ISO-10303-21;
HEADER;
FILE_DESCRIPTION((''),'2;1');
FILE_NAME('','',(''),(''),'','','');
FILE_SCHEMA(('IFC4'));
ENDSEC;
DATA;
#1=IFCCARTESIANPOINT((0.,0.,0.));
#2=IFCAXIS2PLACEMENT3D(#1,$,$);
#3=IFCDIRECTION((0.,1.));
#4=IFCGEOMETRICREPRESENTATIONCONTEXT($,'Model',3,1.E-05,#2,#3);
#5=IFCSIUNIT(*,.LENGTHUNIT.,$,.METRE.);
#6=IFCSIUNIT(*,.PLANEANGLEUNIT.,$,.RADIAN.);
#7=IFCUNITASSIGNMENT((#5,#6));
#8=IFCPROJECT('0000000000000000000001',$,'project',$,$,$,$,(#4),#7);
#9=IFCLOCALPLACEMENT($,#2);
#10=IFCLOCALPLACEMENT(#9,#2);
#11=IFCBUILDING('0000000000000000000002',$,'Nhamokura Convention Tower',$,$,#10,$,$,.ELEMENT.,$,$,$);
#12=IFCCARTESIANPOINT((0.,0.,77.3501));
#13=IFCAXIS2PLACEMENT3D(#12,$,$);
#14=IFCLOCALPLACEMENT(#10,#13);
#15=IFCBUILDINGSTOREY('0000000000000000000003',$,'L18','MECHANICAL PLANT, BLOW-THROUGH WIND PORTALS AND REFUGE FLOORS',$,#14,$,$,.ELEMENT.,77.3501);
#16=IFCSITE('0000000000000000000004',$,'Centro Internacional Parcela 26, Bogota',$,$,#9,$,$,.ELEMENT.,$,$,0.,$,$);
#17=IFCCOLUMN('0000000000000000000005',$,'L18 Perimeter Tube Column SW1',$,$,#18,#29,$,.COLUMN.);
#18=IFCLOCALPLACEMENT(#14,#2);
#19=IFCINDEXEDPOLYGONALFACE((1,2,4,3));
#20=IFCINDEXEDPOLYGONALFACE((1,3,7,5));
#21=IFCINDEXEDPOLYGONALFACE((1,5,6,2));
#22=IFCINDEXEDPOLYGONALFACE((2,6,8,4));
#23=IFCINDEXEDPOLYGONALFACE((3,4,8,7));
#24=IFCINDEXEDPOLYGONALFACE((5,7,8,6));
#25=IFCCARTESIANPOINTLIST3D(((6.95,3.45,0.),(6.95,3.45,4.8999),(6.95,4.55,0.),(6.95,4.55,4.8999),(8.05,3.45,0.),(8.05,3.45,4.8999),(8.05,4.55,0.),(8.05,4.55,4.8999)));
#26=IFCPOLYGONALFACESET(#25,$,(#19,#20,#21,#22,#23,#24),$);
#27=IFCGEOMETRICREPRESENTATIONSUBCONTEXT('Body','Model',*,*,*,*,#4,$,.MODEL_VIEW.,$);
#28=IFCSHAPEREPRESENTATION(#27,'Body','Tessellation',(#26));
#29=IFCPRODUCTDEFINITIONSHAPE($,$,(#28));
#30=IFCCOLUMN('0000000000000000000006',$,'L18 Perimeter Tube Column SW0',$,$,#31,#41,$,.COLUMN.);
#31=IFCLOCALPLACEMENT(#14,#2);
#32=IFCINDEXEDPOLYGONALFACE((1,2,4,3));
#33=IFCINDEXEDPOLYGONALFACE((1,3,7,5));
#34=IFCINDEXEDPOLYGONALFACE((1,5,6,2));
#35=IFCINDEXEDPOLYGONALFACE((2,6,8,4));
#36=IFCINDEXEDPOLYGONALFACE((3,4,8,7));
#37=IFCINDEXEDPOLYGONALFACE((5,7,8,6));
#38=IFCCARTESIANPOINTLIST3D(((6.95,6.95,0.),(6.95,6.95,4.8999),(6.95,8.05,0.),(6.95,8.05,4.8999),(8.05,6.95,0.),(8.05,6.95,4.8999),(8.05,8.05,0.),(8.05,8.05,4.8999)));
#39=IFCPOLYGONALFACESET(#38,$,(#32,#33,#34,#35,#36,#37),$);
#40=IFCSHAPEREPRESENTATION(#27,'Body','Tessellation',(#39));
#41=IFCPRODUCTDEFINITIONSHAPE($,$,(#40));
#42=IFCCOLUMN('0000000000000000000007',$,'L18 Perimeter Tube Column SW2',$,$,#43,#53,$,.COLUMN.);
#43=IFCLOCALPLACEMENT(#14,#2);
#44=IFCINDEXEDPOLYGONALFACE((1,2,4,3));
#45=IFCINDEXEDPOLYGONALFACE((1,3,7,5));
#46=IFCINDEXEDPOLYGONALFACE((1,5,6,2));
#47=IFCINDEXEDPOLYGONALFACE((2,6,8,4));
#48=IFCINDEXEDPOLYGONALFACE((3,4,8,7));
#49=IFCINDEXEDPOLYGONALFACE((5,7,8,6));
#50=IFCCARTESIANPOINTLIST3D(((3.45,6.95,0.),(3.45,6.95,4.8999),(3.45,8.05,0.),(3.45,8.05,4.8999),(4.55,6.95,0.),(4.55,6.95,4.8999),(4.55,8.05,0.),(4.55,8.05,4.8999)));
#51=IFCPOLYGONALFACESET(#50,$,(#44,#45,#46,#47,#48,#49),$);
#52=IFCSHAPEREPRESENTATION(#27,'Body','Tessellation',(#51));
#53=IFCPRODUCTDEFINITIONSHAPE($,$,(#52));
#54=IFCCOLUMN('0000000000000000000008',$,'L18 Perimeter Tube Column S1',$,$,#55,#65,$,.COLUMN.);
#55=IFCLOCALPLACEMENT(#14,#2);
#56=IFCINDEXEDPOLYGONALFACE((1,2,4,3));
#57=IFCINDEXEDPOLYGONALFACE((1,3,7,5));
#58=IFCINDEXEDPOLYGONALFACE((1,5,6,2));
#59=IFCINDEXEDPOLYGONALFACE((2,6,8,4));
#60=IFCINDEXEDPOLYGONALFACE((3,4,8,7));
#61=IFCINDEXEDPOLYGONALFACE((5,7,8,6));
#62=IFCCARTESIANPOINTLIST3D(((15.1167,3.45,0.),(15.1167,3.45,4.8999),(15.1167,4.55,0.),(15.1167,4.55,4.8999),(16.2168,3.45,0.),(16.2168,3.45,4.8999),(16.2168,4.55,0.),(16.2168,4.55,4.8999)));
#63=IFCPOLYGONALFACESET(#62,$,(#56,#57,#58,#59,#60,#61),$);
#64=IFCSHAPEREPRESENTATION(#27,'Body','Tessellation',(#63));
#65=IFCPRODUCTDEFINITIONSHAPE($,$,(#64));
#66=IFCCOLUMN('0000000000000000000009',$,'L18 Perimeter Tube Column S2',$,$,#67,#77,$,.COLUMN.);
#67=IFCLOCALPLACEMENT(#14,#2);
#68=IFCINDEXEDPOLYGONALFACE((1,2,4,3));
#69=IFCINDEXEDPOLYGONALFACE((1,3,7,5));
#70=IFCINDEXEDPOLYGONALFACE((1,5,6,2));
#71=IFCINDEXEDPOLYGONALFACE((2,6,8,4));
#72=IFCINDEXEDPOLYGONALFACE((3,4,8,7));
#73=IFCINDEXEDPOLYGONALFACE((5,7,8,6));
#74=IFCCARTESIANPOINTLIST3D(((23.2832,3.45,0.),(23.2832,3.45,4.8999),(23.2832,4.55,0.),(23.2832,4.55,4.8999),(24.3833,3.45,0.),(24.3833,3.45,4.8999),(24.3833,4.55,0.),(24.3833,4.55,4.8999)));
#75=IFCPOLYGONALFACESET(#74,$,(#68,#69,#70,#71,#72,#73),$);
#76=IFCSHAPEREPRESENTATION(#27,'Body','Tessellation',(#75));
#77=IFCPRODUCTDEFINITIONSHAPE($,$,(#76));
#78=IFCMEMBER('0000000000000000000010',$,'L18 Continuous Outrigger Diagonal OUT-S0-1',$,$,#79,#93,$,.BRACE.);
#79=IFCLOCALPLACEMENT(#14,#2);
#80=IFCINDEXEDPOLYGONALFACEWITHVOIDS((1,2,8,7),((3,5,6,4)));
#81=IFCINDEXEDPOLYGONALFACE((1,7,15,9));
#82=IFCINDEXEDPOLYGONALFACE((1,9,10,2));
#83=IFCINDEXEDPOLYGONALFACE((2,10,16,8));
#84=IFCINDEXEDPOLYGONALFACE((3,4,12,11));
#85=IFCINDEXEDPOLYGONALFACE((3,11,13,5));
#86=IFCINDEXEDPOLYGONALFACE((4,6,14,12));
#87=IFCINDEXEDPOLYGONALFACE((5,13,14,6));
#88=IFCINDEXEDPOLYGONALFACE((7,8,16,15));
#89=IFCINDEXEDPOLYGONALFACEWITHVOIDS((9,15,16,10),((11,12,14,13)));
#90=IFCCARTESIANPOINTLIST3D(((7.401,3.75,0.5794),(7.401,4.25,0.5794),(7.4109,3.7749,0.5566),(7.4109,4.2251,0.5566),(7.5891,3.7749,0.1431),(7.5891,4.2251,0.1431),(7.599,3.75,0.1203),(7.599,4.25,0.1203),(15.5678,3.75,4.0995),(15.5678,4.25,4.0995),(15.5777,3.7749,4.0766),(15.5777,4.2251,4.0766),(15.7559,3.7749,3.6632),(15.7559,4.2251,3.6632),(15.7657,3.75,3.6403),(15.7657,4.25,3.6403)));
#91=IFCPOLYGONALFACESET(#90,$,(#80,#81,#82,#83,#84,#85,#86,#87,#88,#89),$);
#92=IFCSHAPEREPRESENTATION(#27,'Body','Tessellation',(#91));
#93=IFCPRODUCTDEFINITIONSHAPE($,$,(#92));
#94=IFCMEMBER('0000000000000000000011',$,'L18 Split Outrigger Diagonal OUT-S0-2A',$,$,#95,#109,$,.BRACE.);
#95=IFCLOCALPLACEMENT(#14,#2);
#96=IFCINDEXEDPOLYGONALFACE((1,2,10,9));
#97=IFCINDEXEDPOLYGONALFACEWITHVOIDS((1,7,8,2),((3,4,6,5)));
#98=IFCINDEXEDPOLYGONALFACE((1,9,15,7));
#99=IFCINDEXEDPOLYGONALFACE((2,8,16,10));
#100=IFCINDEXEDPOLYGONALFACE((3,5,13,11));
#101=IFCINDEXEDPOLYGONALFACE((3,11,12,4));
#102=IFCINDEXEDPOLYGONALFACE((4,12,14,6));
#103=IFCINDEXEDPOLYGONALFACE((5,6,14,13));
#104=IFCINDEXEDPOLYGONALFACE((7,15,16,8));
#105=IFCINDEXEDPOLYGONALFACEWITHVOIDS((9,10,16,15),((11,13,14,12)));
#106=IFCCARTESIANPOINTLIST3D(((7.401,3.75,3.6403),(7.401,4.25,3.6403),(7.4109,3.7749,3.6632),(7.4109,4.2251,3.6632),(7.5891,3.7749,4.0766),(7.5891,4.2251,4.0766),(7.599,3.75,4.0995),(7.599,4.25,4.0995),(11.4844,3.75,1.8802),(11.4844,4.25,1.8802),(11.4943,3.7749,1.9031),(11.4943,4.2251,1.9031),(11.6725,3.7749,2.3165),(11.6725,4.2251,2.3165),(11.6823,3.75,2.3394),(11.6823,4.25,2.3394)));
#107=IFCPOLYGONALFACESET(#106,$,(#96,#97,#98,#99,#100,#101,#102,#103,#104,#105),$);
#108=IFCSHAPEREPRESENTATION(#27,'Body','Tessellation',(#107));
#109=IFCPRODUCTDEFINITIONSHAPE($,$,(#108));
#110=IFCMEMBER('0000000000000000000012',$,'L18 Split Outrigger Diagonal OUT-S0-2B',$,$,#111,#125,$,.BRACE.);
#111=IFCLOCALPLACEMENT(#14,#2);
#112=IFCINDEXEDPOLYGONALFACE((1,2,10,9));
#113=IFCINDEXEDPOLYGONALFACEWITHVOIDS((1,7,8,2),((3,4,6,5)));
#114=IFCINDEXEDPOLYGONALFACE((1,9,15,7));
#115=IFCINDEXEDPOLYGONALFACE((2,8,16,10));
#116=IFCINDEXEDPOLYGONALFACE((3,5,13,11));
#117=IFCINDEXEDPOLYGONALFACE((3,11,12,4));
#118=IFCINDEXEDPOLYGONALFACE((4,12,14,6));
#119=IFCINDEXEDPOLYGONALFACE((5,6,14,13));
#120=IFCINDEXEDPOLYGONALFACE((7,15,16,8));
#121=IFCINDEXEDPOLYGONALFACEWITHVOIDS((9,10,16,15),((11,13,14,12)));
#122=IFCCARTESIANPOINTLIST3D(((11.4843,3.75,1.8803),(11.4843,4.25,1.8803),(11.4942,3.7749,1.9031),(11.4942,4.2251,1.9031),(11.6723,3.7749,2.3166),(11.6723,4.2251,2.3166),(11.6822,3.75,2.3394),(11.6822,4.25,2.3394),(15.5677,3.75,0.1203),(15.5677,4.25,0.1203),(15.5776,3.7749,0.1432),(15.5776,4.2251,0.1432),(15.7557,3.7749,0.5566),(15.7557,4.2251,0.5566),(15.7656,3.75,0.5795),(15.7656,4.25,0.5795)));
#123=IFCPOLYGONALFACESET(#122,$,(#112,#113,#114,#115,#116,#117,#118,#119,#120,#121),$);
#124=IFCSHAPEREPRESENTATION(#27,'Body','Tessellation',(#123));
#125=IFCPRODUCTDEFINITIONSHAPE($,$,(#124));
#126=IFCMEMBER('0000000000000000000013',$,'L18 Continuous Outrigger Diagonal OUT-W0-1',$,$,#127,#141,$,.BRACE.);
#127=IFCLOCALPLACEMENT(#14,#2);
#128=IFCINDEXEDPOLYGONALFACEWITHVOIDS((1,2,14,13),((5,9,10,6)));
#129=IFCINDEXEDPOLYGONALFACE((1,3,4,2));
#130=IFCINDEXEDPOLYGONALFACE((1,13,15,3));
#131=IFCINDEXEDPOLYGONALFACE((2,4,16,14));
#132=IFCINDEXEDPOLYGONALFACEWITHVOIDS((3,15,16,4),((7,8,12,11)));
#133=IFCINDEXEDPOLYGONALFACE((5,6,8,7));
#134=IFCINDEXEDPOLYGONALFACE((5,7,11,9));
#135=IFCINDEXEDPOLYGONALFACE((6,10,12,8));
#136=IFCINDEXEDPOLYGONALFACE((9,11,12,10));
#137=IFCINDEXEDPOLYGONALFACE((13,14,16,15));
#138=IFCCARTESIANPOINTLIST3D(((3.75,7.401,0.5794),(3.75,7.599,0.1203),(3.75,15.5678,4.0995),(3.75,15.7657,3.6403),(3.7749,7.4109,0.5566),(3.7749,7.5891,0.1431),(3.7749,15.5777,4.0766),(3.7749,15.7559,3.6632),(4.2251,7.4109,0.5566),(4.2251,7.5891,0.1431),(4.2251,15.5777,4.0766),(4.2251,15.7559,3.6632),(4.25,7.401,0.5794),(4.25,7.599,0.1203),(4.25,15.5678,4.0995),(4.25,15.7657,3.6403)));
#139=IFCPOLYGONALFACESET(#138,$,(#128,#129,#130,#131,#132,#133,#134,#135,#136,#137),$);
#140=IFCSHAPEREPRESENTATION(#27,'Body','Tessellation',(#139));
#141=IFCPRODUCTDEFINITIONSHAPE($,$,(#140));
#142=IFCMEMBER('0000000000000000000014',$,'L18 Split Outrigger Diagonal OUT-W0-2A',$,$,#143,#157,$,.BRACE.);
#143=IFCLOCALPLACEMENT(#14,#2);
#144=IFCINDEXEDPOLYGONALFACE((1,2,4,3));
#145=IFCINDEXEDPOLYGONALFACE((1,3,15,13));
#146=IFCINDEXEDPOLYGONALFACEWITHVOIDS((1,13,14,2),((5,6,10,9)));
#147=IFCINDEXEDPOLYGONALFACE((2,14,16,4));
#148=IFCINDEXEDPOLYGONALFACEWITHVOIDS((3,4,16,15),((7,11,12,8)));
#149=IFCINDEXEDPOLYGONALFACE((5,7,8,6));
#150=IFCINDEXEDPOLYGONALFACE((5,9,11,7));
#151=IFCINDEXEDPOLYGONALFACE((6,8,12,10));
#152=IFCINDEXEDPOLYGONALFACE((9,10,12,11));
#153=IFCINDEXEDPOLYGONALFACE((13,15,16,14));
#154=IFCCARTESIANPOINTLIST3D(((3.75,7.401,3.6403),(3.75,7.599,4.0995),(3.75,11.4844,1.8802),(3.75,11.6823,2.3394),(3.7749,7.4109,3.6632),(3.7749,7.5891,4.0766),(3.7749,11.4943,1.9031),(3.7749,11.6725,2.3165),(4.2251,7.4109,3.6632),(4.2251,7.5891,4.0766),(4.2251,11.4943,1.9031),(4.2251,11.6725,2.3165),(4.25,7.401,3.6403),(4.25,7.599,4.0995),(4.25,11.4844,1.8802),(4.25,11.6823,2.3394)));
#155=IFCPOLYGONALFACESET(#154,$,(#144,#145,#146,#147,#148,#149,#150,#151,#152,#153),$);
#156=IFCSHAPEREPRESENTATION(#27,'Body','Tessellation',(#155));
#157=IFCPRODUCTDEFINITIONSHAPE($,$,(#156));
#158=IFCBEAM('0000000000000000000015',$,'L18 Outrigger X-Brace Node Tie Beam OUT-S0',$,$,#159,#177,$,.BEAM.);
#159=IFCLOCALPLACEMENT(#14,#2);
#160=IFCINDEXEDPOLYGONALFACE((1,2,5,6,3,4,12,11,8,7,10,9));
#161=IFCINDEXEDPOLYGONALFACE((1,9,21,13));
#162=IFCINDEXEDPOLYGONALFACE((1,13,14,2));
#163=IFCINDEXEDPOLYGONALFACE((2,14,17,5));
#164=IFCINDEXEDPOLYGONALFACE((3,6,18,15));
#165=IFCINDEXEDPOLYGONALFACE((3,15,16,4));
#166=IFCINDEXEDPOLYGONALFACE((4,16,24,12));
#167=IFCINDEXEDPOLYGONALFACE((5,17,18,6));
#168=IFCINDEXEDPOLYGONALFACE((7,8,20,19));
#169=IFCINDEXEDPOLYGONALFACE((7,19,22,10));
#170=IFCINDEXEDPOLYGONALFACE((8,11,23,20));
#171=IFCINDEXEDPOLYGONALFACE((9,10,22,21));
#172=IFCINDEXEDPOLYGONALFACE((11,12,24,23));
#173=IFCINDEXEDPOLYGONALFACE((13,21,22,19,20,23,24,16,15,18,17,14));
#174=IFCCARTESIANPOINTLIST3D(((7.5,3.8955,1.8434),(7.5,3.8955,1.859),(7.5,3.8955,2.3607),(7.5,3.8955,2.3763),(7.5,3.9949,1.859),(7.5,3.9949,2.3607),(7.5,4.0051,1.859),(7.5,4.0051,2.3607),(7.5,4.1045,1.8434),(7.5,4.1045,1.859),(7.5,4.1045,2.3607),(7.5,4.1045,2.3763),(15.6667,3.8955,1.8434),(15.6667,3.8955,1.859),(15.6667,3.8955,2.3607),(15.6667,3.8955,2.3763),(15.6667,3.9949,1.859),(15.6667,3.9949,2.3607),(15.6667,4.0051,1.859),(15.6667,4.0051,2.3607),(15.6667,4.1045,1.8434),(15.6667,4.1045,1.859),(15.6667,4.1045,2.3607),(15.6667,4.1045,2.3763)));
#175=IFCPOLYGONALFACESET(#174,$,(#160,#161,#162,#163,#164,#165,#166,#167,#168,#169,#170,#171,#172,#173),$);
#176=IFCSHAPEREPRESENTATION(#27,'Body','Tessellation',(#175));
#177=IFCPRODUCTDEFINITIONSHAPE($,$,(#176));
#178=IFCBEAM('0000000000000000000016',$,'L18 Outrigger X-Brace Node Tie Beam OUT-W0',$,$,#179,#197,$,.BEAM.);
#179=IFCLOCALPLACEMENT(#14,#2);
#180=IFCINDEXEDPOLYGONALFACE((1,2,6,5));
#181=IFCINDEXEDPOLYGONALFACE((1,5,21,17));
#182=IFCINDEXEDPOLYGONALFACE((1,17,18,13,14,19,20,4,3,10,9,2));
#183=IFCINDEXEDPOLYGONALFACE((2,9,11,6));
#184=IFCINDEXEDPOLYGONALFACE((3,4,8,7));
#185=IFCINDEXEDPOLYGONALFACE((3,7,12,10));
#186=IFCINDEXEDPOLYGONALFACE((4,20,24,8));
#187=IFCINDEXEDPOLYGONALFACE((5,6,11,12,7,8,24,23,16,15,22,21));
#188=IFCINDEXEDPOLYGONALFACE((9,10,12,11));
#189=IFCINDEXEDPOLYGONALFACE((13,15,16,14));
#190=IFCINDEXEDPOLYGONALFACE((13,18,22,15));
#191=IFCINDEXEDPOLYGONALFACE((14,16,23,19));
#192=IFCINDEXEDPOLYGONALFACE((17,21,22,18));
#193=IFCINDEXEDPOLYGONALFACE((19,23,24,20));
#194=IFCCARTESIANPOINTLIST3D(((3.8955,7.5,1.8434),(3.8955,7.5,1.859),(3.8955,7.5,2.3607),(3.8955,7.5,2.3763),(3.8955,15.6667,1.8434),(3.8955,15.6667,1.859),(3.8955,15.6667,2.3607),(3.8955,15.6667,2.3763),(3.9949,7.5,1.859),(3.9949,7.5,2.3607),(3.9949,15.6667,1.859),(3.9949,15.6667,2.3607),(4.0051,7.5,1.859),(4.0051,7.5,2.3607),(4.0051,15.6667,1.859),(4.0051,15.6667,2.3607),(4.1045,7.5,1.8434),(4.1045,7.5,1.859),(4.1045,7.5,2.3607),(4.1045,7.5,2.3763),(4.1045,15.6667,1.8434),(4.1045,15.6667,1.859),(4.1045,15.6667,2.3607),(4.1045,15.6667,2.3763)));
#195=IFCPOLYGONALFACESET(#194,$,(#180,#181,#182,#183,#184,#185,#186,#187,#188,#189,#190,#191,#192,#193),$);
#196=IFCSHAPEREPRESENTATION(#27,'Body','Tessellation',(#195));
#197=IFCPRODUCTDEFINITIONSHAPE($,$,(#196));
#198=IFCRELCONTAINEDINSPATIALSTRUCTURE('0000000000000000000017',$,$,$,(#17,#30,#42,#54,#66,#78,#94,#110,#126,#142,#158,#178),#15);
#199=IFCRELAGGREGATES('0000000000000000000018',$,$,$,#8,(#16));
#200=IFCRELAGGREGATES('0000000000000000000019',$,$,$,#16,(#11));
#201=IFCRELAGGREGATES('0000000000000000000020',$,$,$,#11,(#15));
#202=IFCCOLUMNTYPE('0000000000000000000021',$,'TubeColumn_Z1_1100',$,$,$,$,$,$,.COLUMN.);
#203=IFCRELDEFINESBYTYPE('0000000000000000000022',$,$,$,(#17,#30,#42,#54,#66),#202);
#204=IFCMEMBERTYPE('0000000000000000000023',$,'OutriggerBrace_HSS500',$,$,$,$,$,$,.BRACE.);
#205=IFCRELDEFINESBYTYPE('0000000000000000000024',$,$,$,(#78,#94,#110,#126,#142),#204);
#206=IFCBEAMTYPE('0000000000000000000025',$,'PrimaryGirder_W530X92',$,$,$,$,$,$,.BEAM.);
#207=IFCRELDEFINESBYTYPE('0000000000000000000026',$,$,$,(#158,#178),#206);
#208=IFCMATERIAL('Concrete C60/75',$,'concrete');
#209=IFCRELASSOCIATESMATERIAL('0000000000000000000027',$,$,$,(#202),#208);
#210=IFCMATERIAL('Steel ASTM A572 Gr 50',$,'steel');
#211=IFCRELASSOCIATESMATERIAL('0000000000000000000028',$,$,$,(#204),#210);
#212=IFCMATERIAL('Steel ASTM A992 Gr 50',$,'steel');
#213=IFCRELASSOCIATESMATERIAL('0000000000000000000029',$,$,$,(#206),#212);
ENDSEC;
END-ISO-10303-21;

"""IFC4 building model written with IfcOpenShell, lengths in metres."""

from ifc_helpers import new_model, si_unit, direction, frame, origin, origin_2d, place, context, subcontext, project, spatial, rectangle, hollow_rectangle, i_section, extrude, material, material_profile, profile_set, type_object, element, save


model = new_model("IFC4")

# Units and contexts
model_context = context("Model", 3, precision=1e-05, world=origin(), true_north=direction((0.0, 1.0)))
body_context = subcontext(model_context, "Body", "Model", "MODEL_VIEW")
ifc_project = project(units=[si_unit("LENGTHUNIT", "METRE"), si_unit("PLANEANGLEUNIT", "RADIAN")], contexts=[model_context])

# Site, building, storey
site_placement = place(None, origin())
site = spatial("IfcSite", under=ifc_project, at=site_placement, Name="Centro Internacional Parcela 26, Bogota", CompositionType="ELEMENT", RefElevation=0.0)
building_placement = place(site_placement, origin())
building = spatial("IfcBuilding", under=site, at=building_placement, Name="Nhamokura Convention Tower", CompositionType="ELEMENT")
storey_placement = place(building_placement, frame((0.0, 0.0, 77.3501)))
storey = spatial("IfcBuildingStorey", under=building, at=storey_placement, Name="L18", Description="MECHANICAL PLANT, BLOW-THROUGH WIND PORTALS AND REFUGE FLOORS", CompositionType="ELEMENT", Elevation=77.3501)

# Columns
ifc_material_1 = material(Name="Concrete C60/75", Category="concrete")
ifc_material_profile_1 = material_profile(ifc_material_1, rectangle(XDim=1.1001, YDim=1.1001, at=origin_2d()))
ifc_profile_set_1 = profile_set([ifc_material_profile_1], Name="Concrete C60/75")
column_type = type_object("IfcColumnType", Name="TubeColumn_Z1_1100", PredefinedType="COLUMN", material=ifc_profile_set_1)
for number, where, z_axis, x_axis, name in (
    (1, (7.5, 4.0, 0.0), (0.0, 0.0, 1.0), (1.0, 0.0, 0.0), "L18 Perimeter Tube Column SW1"),
    (2, (7.5, 7.5, 0.0), (0.0, 0.0, 1.0), (1.0, 0.0, 0.0), "L18 Perimeter Tube Column SW0"),
    (3, (4.0, 7.5, 0.0), (0.0, 0.0, 1.0), (1.0, 0.0, 0.0), "L18 Perimeter Tube Column SW2"),
    (4, (15.6667, 4.0, 0.0), (0.0, 0.0, 1.0), (1.0, 0.0, 0.0), "L18 Perimeter Tube Column S1"),
    (5, (23.8333, 4.0, 0.0), (0.0, 0.0, 1.0), (1.0, 0.0, 0.0), "L18 Perimeter Tube Column S2"),
):
    element("IfcColumn", number, at=place(storey_placement, frame(where, z_axis=z_axis, x_axis=x_axis)), inside=storey, type_object=column_type, Name=name, PredefinedType="COLUMN", context=body_context, shape_type="SweptSolid", body=[
        extrude(rectangle(XDim=1.1001, YDim=1.1001, at=origin_2d()), origin(), (0.0, 0.0, 1.0), 4.8999),
    ])

# Members
ifc_material_2 = material(Name="Steel ASTM A572 Gr 50", Category="steel")
ifc_material_profile_2 = material_profile(ifc_material_2, hollow_rectangle(XDim=0.5, YDim=0.5, WallThickness=0.0249, at=origin_2d()))
ifc_profile_set_2 = profile_set([ifc_material_profile_2], Name="Steel ASTM A572 Gr 50")
member_type = type_object("IfcMemberType", Name="OutriggerBrace_HSS500", PredefinedType="BRACE", material=ifc_profile_set_2)
member_1_placement = place(storey_placement, frame((7.5, 4.0, 0.3499), z_axis=(0.918329, 0.0, 0.395817), x_axis=(0.0, 1.0, 0.0)))
element("IfcMember", 6, at=member_1_placement, inside=storey, type_object=member_type, Name="L18 Continuous Outrigger Diagonal OUT-S0-1", PredefinedType="BRACE", context=body_context, shape_type="SweptSolid", body=[
    extrude(hollow_rectangle(XDim=0.5, YDim=0.5, WallThickness=0.0249, at=origin_2d()), origin(), (0.0, 0.0, 1.0), 8.8931),
])
for number, where, z_axis, x_axis, name in (
    (7, (7.5, 4.0, 3.8699), (0.918325, 0.0, -0.395827), (0.0, 1.0, 0.0), "L18 Split Outrigger Diagonal OUT-S0-2A"),
    (8, (11.5833, 4.0, 2.1099), (0.918334, 0.0, -0.395807), (0.0, 1.0, 0.0), "L18 Split Outrigger Diagonal OUT-S0-2B"),
):
    element("IfcMember", number, at=place(storey_placement, frame(where, z_axis=z_axis, x_axis=x_axis)), inside=storey, type_object=member_type, Name=name, PredefinedType="BRACE", context=body_context, shape_type="SweptSolid", body=[
        extrude(hollow_rectangle(XDim=0.5, YDim=0.5, WallThickness=0.0249, at=origin_2d()), origin(), (0.0, 0.0, 1.0), 4.4465),
    ])
member_2_placement = place(storey_placement, frame((4.0, 7.5, 0.3499), z_axis=(0.0, 0.918329, 0.395817), x_axis=(-1.0, 0.0, 0.0)))
element("IfcMember", 9, at=member_2_placement, inside=storey, type_object=member_type, Name="L18 Continuous Outrigger Diagonal OUT-W0-1", PredefinedType="BRACE", context=body_context, shape_type="SweptSolid", body=[
    extrude(hollow_rectangle(XDim=0.5, YDim=0.5, WallThickness=0.0249, at=origin_2d()), origin(), (0.0, 0.0, 1.0), 8.8931),
])
member_3_placement = place(storey_placement, frame((4.0, 7.5, 3.8699), z_axis=(0.0, 0.918325, -0.395827), x_axis=(-1.0, 0.0, 0.0)))
element("IfcMember", 10, at=member_3_placement, inside=storey, type_object=member_type, Name="L18 Split Outrigger Diagonal OUT-W0-2A", PredefinedType="BRACE", context=body_context, shape_type="SweptSolid", body=[
    extrude(hollow_rectangle(XDim=0.5, YDim=0.5, WallThickness=0.0249, at=origin_2d()), origin(), (0.0, 0.0, 1.0), 4.4465),
])

# Beams
ifc_material_3 = material(Name="Steel ASTM A992 Gr 50", Category="steel")
ifc_material_profile_3 = material_profile(ifc_material_3, i_section(OverallWidth=0.209, OverallDepth=0.533, WebThickness=0.0103, FlangeThickness=0.0156, at=origin_2d()))
ifc_profile_set_3 = profile_set([ifc_material_profile_3], Name="Steel ASTM A992 Gr 50")
beam_type_1 = type_object("IfcBeamType", Name="PrimaryGirder_W530X92", PredefinedType="BEAM", material=ifc_profile_set_3)
for number, where, z_axis, x_axis, name in (
    (11, (7.5, 4.0, 2.1099), (1.0, 0.0, 0.0), (0.0, 1.0, 0.0), "L18 Outrigger X-Brace Node Tie Beam OUT-S0"),
    (12, (4.0, 7.5, 2.1099), (0.0, 1.0, 0.0), (-1.0, 0.0, 0.0), "L18 Outrigger X-Brace Node Tie Beam OUT-W0"),
):
    element("IfcBeam", number, at=place(storey_placement, frame(where, z_axis=z_axis, x_axis=x_axis)), inside=storey, type_object=beam_type_1, Name=name, PredefinedType="BEAM", context=body_context, shape_type="SweptSolid", body=[
        extrude(i_section(OverallWidth=0.209, OverallDepth=0.533, WebThickness=0.0103, FlangeThickness=0.0156, at=origin_2d()), origin(), (0.0, 0.0, 1.0), 8.1667),
    ])

save(model, "model.ifc")
